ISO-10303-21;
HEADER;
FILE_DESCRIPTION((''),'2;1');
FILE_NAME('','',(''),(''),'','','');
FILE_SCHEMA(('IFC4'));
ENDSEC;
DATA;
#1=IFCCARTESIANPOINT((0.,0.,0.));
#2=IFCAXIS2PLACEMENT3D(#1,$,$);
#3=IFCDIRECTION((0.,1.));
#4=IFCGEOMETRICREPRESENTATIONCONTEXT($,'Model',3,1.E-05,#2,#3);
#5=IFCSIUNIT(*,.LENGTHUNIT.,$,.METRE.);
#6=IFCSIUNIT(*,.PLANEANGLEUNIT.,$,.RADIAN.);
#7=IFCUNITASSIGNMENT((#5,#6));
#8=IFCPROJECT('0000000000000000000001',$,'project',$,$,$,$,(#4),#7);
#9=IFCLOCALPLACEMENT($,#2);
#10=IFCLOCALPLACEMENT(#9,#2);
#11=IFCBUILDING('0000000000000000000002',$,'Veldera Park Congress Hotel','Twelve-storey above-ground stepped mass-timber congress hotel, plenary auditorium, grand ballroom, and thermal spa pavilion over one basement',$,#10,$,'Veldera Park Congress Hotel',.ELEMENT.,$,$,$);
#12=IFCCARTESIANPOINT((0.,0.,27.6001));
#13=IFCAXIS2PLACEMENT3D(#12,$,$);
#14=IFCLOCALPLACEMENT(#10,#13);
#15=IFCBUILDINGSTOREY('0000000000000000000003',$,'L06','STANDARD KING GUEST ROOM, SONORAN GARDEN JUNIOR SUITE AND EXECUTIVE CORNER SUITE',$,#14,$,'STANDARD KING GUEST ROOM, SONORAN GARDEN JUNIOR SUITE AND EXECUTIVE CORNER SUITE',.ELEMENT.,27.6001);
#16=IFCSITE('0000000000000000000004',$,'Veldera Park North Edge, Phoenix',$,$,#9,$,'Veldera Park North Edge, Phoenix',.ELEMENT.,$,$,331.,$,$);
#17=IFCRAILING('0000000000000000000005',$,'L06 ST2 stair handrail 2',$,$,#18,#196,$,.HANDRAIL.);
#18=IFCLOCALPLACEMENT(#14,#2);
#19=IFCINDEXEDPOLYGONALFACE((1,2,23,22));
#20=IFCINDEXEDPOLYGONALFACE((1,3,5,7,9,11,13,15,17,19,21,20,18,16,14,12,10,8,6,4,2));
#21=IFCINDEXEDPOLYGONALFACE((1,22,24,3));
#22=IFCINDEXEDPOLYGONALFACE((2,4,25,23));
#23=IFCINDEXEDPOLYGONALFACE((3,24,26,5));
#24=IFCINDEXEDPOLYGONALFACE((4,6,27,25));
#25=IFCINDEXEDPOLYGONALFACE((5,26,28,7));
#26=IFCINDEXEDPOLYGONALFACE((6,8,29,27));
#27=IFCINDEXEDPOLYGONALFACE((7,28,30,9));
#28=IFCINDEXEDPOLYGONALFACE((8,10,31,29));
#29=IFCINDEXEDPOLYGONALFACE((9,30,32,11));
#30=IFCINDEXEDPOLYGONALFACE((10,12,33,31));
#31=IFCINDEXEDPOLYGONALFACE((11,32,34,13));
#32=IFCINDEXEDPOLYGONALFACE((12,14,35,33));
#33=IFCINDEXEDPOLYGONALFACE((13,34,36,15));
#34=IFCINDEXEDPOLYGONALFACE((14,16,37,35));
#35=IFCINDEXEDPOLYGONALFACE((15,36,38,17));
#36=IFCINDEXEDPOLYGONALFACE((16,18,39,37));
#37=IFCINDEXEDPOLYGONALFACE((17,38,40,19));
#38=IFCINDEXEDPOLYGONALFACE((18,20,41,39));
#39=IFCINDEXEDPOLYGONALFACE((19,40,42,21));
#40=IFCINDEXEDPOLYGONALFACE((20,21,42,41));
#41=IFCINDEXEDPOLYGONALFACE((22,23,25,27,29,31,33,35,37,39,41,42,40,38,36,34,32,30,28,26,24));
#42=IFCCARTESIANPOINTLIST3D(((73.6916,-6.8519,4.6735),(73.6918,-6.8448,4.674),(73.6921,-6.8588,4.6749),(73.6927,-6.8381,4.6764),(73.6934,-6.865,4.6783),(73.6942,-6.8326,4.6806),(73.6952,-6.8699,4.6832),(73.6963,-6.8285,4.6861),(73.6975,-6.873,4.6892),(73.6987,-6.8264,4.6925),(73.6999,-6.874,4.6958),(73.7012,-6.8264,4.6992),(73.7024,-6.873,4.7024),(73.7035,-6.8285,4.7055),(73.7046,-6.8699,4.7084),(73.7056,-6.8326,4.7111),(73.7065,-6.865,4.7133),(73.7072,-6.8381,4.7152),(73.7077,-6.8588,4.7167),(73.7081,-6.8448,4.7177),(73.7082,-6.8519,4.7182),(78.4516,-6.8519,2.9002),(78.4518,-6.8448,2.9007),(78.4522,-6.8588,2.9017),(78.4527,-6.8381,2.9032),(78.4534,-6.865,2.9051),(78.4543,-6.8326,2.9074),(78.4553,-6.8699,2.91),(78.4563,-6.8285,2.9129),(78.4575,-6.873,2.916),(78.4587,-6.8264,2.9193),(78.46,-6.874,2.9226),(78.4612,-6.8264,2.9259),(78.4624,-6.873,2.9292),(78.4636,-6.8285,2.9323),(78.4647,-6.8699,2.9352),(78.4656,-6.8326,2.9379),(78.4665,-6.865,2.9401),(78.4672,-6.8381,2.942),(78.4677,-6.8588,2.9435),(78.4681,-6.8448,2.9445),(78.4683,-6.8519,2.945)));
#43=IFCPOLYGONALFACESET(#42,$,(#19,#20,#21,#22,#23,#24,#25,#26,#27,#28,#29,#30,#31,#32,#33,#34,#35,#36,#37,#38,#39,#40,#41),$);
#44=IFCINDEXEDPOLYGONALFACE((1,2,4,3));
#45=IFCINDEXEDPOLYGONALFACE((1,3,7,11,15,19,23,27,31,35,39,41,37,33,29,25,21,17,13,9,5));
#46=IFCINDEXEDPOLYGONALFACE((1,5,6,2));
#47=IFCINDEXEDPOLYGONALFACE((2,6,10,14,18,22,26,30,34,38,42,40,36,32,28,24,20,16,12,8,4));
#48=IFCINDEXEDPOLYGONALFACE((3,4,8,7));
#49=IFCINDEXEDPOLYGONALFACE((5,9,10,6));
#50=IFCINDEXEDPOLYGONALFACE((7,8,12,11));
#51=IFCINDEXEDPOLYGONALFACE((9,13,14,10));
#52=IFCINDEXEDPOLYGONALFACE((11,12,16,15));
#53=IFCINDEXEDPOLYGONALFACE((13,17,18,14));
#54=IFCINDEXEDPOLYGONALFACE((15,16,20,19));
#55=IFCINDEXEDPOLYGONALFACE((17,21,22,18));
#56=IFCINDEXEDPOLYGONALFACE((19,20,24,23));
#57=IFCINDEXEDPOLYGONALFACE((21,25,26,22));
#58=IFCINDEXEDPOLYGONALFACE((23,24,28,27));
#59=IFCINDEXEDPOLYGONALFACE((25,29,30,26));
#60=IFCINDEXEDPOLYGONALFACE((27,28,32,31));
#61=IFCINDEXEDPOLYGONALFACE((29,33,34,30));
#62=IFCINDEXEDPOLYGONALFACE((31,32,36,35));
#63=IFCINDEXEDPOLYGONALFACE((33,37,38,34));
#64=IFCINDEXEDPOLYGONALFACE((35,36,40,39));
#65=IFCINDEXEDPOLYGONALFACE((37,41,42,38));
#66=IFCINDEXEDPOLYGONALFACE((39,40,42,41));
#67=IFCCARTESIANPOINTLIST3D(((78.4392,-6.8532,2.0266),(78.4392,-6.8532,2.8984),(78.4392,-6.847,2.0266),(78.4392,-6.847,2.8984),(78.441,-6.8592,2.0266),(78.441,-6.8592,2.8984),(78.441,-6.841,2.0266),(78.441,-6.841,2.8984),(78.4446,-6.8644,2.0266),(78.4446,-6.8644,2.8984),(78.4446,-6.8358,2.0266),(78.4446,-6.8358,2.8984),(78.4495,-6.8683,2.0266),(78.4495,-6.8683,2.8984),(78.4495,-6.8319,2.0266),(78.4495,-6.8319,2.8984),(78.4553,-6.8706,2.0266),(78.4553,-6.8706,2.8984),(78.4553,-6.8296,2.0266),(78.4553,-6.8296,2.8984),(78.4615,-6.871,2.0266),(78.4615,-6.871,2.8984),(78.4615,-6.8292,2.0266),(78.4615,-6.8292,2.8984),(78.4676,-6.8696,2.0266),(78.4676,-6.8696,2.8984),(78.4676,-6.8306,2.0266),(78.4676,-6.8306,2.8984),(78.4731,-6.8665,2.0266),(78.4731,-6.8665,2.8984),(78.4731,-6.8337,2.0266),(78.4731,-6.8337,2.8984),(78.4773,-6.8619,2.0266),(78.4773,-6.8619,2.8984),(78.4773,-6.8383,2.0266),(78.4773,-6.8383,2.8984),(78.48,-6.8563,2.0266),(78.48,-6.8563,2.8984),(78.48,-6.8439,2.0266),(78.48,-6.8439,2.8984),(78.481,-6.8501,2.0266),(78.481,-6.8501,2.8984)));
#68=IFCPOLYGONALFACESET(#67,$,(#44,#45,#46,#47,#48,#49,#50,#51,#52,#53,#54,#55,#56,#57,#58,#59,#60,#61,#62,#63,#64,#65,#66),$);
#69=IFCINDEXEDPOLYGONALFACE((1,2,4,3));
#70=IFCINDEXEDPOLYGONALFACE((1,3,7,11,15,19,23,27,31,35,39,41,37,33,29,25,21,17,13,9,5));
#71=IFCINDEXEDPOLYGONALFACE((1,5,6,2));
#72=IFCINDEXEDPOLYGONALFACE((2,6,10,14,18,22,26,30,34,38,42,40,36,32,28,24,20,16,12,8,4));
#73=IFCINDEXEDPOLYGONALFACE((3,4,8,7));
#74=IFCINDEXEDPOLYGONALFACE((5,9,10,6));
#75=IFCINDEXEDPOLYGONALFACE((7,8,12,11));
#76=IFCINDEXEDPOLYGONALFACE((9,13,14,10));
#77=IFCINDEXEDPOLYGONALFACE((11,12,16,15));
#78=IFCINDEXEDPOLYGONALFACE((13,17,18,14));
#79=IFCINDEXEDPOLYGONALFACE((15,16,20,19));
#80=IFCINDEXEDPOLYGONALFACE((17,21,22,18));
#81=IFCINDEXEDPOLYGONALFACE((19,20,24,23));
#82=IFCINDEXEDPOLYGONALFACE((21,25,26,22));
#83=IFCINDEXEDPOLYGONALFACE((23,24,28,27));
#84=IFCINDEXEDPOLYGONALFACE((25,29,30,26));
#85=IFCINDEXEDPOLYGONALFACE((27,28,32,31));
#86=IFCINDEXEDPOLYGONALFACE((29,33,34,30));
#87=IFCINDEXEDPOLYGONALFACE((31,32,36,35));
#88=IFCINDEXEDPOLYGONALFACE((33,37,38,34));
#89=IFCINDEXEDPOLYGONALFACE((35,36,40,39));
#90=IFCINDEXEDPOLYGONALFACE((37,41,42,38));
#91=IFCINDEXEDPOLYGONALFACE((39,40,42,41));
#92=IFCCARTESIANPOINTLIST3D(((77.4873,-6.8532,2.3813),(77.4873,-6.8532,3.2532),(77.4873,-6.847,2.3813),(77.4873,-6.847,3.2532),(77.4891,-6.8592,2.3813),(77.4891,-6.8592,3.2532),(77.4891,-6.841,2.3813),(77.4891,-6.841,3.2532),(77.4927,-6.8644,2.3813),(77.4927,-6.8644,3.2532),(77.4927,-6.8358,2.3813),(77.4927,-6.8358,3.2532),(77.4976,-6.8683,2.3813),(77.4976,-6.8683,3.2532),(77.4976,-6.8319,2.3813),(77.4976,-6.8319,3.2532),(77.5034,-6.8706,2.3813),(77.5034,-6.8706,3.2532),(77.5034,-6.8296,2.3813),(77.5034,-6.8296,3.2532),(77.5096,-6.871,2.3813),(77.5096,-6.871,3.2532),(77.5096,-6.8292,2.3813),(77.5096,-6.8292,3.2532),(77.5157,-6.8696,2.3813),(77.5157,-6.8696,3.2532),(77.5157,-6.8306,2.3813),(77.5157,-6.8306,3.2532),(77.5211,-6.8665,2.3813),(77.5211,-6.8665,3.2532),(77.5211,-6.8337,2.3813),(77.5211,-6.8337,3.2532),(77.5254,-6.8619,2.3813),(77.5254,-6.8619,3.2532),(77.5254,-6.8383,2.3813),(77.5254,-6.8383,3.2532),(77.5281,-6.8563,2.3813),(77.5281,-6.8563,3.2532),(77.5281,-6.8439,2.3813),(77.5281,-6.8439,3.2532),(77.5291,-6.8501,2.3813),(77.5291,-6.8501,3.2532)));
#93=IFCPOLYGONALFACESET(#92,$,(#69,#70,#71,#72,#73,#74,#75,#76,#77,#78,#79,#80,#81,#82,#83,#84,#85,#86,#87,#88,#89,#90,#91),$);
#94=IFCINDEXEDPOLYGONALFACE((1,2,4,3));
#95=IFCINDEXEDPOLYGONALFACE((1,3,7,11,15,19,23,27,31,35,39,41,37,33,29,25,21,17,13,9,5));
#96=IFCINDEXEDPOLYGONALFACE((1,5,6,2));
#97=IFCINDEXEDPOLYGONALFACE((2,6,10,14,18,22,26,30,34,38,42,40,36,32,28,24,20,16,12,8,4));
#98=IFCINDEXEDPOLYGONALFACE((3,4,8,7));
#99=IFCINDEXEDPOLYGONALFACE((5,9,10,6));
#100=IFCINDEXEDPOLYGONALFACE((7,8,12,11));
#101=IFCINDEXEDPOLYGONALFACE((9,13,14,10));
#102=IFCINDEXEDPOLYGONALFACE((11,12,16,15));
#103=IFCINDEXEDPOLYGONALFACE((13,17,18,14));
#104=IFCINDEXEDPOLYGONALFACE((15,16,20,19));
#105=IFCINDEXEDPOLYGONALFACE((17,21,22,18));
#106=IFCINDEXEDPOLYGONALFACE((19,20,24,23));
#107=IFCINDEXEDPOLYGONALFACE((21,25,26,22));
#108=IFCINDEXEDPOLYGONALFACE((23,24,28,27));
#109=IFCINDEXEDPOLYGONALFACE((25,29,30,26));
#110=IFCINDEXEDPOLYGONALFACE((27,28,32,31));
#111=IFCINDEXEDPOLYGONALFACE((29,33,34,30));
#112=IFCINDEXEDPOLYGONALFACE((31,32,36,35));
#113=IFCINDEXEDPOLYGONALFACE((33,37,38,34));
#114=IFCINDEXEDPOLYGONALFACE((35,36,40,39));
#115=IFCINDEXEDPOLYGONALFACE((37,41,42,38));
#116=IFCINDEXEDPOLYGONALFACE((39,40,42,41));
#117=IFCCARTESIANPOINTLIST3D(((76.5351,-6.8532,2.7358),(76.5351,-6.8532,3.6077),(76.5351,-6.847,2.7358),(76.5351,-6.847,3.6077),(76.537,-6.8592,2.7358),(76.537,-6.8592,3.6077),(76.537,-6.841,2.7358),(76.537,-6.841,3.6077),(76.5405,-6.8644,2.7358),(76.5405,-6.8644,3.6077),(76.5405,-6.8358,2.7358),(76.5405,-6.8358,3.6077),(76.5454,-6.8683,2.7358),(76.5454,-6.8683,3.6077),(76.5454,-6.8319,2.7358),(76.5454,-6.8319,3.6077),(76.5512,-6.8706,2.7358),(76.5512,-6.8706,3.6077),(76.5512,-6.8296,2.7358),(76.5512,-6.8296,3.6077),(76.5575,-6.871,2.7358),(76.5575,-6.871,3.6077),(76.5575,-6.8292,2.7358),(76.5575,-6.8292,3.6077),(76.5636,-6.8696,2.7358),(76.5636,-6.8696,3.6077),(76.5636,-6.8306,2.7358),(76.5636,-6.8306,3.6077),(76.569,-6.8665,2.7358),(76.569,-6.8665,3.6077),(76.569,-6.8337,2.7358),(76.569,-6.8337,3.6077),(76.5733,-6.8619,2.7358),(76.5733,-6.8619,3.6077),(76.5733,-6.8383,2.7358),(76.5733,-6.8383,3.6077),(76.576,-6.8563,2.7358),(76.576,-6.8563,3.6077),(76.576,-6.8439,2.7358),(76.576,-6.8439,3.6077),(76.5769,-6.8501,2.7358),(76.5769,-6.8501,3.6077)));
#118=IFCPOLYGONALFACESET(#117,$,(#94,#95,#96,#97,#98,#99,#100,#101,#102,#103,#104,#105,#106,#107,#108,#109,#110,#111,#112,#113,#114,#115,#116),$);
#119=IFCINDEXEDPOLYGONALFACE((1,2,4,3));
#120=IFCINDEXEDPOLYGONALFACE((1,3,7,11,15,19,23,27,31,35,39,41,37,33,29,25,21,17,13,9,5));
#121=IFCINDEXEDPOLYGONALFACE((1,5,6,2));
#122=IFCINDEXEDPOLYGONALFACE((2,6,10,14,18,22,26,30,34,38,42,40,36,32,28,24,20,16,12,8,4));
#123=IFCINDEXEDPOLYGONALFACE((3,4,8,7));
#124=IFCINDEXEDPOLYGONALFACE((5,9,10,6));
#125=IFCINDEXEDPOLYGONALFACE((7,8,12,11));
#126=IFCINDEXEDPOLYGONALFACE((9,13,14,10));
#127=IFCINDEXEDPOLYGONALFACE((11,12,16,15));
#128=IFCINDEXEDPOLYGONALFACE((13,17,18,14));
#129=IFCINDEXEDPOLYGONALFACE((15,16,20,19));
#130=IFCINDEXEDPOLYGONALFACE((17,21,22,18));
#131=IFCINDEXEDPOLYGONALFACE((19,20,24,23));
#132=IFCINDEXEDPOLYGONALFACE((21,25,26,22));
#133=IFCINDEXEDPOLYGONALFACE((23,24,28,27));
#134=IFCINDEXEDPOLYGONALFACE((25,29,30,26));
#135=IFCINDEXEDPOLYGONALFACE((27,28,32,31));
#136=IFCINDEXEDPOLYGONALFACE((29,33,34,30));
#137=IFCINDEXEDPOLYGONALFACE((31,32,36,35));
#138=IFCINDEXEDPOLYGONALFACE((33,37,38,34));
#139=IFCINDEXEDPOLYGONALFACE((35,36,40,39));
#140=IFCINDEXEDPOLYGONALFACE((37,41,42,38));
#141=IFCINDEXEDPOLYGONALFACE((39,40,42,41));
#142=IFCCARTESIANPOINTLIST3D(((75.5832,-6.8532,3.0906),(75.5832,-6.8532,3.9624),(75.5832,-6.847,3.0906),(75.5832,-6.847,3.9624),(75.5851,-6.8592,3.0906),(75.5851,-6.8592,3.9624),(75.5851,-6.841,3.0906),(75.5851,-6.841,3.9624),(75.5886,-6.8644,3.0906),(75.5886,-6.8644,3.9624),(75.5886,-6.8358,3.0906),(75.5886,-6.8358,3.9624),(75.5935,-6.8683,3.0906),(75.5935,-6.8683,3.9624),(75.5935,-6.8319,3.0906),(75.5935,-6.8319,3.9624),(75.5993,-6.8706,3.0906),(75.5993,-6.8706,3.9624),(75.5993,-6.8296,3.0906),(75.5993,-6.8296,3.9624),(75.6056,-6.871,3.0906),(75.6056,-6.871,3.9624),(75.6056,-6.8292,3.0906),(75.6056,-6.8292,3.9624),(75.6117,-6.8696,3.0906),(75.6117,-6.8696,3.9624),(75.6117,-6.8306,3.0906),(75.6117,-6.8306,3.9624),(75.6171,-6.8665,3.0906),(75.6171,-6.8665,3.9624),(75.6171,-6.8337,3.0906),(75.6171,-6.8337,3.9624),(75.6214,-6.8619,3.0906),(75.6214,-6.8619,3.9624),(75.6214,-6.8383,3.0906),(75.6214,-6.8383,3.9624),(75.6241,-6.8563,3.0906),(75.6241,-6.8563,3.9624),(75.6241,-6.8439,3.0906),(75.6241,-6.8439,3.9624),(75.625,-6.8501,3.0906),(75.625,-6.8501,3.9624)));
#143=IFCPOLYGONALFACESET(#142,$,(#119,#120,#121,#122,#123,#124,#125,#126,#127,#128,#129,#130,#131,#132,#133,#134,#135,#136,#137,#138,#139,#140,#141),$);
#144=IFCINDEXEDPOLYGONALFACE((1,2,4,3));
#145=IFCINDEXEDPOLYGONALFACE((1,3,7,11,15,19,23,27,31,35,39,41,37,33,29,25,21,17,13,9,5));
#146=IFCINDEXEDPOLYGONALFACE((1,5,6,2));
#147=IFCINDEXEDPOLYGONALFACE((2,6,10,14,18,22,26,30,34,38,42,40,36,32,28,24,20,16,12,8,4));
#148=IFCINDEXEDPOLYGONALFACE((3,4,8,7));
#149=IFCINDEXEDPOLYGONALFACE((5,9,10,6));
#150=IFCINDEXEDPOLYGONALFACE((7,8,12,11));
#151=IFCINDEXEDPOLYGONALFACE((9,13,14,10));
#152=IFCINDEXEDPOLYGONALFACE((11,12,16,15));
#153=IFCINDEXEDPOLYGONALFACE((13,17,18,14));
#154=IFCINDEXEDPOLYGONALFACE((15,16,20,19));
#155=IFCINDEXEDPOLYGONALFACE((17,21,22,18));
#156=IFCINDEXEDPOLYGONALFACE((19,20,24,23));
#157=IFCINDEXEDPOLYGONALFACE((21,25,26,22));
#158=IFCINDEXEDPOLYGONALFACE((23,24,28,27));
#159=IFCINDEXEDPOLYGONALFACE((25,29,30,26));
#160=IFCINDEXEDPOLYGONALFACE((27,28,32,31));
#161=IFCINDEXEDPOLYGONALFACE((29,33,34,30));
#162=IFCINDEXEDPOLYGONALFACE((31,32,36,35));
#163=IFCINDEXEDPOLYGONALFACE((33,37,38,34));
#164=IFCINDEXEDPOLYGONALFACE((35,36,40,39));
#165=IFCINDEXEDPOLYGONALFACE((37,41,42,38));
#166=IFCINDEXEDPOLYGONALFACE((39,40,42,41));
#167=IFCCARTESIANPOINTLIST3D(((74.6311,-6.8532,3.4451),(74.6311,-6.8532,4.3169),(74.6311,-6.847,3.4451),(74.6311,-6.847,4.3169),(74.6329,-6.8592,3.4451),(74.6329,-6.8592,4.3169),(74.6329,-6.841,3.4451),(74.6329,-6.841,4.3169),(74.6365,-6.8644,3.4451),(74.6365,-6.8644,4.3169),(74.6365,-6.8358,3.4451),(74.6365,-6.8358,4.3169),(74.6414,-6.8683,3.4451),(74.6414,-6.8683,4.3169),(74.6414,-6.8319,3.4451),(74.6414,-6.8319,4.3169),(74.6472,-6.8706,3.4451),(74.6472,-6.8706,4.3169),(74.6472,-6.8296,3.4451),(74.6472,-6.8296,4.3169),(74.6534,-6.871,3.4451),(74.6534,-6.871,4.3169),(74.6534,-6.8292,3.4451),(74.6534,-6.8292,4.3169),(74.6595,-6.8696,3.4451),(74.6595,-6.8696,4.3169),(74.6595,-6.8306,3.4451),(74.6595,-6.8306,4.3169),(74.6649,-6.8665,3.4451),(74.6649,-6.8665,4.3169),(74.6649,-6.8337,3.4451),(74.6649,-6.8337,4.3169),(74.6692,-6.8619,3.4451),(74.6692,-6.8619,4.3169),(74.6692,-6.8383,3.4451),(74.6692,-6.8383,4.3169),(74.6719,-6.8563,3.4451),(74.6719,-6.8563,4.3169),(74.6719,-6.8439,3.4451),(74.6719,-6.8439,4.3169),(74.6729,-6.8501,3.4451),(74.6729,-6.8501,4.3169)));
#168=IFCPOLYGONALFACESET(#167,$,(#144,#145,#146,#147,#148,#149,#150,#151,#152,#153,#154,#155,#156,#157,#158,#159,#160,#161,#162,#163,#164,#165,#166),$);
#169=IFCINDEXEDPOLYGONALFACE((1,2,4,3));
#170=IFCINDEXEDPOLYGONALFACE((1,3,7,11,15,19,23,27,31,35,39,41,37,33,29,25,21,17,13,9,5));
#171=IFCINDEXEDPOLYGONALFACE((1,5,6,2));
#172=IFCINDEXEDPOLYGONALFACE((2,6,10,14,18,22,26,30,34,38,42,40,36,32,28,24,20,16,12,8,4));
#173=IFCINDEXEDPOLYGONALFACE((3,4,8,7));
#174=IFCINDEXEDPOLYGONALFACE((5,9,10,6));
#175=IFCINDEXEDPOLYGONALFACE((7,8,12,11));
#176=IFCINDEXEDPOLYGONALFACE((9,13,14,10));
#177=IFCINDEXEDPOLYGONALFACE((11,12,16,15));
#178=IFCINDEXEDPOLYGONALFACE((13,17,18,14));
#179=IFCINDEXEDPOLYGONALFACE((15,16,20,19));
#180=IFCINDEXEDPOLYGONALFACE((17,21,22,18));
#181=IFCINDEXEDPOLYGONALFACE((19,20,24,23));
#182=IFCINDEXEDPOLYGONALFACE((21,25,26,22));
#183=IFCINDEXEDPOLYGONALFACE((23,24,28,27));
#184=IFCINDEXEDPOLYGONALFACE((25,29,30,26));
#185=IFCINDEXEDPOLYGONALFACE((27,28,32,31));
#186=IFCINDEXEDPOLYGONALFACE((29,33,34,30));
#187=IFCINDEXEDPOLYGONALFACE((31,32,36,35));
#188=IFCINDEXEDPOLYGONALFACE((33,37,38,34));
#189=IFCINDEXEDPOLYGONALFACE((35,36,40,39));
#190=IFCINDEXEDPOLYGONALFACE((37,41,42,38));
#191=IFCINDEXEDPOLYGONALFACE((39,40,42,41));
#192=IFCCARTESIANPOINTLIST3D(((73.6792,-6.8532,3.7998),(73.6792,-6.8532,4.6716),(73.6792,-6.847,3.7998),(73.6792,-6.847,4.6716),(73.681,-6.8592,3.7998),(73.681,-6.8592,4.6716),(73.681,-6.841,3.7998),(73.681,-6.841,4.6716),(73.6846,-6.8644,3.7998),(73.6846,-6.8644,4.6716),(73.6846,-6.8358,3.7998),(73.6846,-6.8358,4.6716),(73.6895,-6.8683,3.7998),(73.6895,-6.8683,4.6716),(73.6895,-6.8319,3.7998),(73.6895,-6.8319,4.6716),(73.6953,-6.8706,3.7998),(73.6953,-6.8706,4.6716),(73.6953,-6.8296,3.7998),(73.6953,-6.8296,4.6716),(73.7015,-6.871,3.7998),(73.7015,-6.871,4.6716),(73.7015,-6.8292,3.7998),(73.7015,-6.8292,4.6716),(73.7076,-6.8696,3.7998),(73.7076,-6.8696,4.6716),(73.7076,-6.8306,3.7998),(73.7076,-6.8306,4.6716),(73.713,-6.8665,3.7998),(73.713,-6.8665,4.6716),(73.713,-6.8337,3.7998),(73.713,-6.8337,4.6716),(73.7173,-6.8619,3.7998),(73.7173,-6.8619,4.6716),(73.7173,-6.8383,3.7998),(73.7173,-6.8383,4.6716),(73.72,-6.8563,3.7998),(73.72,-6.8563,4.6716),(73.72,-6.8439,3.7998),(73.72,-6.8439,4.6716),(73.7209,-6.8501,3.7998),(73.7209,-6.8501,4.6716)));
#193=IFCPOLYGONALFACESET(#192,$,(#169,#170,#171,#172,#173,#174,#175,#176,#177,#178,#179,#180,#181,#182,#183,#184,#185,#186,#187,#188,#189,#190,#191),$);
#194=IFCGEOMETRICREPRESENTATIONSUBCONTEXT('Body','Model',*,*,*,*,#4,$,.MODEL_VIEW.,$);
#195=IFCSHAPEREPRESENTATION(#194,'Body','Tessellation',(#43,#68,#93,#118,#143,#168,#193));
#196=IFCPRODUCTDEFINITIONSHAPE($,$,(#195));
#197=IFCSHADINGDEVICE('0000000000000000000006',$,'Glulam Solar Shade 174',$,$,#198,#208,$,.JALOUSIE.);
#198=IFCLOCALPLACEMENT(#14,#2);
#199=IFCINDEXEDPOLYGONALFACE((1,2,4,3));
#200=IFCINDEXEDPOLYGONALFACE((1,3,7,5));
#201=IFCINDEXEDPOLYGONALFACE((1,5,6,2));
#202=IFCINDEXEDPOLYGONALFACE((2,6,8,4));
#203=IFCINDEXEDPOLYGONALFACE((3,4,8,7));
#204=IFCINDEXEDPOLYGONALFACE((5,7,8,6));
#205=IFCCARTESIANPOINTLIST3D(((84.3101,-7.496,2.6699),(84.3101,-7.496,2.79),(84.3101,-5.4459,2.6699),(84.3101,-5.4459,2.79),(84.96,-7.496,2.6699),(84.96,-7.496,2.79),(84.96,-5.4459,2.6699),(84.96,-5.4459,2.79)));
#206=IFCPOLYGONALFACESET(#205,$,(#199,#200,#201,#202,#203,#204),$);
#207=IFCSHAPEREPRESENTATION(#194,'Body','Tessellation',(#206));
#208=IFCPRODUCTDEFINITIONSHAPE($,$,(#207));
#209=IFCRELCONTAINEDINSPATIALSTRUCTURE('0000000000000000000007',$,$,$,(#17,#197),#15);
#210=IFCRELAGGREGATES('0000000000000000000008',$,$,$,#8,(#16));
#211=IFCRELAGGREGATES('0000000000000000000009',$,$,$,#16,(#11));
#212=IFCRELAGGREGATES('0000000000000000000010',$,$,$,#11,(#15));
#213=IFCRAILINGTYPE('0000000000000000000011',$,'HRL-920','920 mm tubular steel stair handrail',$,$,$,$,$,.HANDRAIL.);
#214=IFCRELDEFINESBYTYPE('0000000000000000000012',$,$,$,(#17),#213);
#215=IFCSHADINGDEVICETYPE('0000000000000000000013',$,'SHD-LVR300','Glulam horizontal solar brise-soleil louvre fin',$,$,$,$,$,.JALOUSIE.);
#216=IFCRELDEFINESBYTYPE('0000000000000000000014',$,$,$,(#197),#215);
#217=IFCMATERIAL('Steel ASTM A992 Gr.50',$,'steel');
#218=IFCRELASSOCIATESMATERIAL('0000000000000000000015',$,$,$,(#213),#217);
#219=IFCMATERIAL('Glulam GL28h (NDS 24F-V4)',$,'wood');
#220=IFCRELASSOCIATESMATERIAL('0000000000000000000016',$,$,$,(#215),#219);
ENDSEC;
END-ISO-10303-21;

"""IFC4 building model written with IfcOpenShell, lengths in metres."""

from ifc_helpers import new_model, si_unit, direction, frame, origin, origin_2d, place, context, subcontext, project, spatial, rectangle, circle, extrude, material, type_object, element, save


model = new_model("IFC4")

# Units and contexts
model_context = context("Model", 3, precision=1e-05, world=origin(), true_north=direction((0.0, 1.0)))
body_context = subcontext(model_context, "Body", "Model", "MODEL_VIEW")
ifc_project = project(units=[si_unit("LENGTHUNIT", "METRE"), si_unit("PLANEANGLEUNIT", "RADIAN")], contexts=[model_context])

# Site, building, storey
site_placement = place(None, origin())
site = spatial("IfcSite", under=ifc_project, at=site_placement, Name="Veldera Park North Edge, Phoenix", LongName="Veldera Park North Edge, Phoenix", CompositionType="ELEMENT", RefElevation=331.0)
building_placement = place(site_placement, origin())
building = spatial("IfcBuilding", under=site, at=building_placement, Name="Veldera Park Congress Hotel", Description="Twelve-storey above-ground stepped mass-timber congress hotel, plenary auditorium, grand ballroom, and thermal spa pavilion over one basement", LongName="Veldera Park Congress Hotel", CompositionType="ELEMENT")
storey_placement = place(building_placement, frame((0.0, 0.0, 27.6001)))
storey = spatial("IfcBuildingStorey", under=building, at=storey_placement, Name="L06", Description="STANDARD KING GUEST ROOM, SONORAN GARDEN JUNIOR SUITE AND EXECUTIVE CORNER SUITE", LongName="STANDARD KING GUEST ROOM, SONORAN GARDEN JUNIOR SUITE AND EXECUTIVE CORNER SUITE", CompositionType="ELEMENT", Elevation=27.6001)

# Shared definitions
ifc_material_1 = material(Name="Glulam GL28h (NDS 24F-V4)", Category="wood")

# Railing
ifc_material_2 = material(Name="Steel ASTM A992 Gr.50", Category="steel")
railing_type_1 = type_object("IfcRailingType", Name="HRL-920", Description="920 mm tubular steel stair handrail", PredefinedType="HANDRAIL", material=ifc_material_2)
railing_1_placement = place(storey_placement, frame((78.46, -6.8501, 2.0266)))
element("IfcRailing", 1, at=railing_1_placement, inside=storey, type_object=railing_type_1, Name="L06 ST2 stair handrail 2", PredefinedType="HANDRAIL", context=body_context, shape_type="SweptSolid", body=[
    extrude(circle(Radius=0.0239, at=origin_2d()), frame((0.0, 0.0, 0.896), z_axis=(-0.937091, 0.0, 0.349084), x_axis=(0.0, -1.0, 0.0)), (0.0, 0.0, 1.0), 5.0796),
    extrude(circle(Radius=0.021, at=origin_2d()), origin(), (0.0, 0.0, 1.0), 0.8718),
    extrude(circle(Radius=0.021, at=origin_2d()), frame((-0.9519, 0.0, 0.3547)), (0.0, 0.0, 1.0), 0.8718),
    extrude(circle(Radius=0.021, at=origin_2d()), frame((-1.9041, 0.0, 0.7092)), (0.0, 0.0, 1.0), 0.8718),
    extrude(circle(Radius=0.021, at=origin_2d()), frame((-2.856, 0.0, 1.064)), (0.0, 0.0, 1.0), 0.8718),
    extrude(circle(Radius=0.021, at=origin_2d()), frame((-3.8081, 0.0, 1.4185)), (0.0, 0.0, 1.0), 0.8718),
    extrude(circle(Radius=0.021, at=origin_2d()), frame((-4.76, 0.0, 1.7732)), (0.0, 0.0, 1.0), 0.8718),
])

# Shading device
shading_device_type = type_object("IfcShadingDeviceType", Name="SHD-LVR300", Description="Glulam horizontal solar brise-soleil louvre fin", PredefinedType="JALOUSIE", material=ifc_material_1)
shading_device_placement = place(storey_placement, frame((84.635, -6.4709, 2.6699), z_axis=(0.0, 0.0, 1.0), x_axis=(0.0, 1.0, 0.0)))
element("IfcShadingDevice", 2, at=shading_device_placement, inside=storey, type_object=shading_device_type, Name="Glulam Solar Shade 174", PredefinedType="JALOUSIE", context=body_context, shape_type="SweptSolid", body=[
    extrude(rectangle(XDim=2.05, YDim=0.6499, at=origin_2d()), origin(), (0.0, 0.0, 1.0), 0.1201),
])

save(model, "model.ifc")
